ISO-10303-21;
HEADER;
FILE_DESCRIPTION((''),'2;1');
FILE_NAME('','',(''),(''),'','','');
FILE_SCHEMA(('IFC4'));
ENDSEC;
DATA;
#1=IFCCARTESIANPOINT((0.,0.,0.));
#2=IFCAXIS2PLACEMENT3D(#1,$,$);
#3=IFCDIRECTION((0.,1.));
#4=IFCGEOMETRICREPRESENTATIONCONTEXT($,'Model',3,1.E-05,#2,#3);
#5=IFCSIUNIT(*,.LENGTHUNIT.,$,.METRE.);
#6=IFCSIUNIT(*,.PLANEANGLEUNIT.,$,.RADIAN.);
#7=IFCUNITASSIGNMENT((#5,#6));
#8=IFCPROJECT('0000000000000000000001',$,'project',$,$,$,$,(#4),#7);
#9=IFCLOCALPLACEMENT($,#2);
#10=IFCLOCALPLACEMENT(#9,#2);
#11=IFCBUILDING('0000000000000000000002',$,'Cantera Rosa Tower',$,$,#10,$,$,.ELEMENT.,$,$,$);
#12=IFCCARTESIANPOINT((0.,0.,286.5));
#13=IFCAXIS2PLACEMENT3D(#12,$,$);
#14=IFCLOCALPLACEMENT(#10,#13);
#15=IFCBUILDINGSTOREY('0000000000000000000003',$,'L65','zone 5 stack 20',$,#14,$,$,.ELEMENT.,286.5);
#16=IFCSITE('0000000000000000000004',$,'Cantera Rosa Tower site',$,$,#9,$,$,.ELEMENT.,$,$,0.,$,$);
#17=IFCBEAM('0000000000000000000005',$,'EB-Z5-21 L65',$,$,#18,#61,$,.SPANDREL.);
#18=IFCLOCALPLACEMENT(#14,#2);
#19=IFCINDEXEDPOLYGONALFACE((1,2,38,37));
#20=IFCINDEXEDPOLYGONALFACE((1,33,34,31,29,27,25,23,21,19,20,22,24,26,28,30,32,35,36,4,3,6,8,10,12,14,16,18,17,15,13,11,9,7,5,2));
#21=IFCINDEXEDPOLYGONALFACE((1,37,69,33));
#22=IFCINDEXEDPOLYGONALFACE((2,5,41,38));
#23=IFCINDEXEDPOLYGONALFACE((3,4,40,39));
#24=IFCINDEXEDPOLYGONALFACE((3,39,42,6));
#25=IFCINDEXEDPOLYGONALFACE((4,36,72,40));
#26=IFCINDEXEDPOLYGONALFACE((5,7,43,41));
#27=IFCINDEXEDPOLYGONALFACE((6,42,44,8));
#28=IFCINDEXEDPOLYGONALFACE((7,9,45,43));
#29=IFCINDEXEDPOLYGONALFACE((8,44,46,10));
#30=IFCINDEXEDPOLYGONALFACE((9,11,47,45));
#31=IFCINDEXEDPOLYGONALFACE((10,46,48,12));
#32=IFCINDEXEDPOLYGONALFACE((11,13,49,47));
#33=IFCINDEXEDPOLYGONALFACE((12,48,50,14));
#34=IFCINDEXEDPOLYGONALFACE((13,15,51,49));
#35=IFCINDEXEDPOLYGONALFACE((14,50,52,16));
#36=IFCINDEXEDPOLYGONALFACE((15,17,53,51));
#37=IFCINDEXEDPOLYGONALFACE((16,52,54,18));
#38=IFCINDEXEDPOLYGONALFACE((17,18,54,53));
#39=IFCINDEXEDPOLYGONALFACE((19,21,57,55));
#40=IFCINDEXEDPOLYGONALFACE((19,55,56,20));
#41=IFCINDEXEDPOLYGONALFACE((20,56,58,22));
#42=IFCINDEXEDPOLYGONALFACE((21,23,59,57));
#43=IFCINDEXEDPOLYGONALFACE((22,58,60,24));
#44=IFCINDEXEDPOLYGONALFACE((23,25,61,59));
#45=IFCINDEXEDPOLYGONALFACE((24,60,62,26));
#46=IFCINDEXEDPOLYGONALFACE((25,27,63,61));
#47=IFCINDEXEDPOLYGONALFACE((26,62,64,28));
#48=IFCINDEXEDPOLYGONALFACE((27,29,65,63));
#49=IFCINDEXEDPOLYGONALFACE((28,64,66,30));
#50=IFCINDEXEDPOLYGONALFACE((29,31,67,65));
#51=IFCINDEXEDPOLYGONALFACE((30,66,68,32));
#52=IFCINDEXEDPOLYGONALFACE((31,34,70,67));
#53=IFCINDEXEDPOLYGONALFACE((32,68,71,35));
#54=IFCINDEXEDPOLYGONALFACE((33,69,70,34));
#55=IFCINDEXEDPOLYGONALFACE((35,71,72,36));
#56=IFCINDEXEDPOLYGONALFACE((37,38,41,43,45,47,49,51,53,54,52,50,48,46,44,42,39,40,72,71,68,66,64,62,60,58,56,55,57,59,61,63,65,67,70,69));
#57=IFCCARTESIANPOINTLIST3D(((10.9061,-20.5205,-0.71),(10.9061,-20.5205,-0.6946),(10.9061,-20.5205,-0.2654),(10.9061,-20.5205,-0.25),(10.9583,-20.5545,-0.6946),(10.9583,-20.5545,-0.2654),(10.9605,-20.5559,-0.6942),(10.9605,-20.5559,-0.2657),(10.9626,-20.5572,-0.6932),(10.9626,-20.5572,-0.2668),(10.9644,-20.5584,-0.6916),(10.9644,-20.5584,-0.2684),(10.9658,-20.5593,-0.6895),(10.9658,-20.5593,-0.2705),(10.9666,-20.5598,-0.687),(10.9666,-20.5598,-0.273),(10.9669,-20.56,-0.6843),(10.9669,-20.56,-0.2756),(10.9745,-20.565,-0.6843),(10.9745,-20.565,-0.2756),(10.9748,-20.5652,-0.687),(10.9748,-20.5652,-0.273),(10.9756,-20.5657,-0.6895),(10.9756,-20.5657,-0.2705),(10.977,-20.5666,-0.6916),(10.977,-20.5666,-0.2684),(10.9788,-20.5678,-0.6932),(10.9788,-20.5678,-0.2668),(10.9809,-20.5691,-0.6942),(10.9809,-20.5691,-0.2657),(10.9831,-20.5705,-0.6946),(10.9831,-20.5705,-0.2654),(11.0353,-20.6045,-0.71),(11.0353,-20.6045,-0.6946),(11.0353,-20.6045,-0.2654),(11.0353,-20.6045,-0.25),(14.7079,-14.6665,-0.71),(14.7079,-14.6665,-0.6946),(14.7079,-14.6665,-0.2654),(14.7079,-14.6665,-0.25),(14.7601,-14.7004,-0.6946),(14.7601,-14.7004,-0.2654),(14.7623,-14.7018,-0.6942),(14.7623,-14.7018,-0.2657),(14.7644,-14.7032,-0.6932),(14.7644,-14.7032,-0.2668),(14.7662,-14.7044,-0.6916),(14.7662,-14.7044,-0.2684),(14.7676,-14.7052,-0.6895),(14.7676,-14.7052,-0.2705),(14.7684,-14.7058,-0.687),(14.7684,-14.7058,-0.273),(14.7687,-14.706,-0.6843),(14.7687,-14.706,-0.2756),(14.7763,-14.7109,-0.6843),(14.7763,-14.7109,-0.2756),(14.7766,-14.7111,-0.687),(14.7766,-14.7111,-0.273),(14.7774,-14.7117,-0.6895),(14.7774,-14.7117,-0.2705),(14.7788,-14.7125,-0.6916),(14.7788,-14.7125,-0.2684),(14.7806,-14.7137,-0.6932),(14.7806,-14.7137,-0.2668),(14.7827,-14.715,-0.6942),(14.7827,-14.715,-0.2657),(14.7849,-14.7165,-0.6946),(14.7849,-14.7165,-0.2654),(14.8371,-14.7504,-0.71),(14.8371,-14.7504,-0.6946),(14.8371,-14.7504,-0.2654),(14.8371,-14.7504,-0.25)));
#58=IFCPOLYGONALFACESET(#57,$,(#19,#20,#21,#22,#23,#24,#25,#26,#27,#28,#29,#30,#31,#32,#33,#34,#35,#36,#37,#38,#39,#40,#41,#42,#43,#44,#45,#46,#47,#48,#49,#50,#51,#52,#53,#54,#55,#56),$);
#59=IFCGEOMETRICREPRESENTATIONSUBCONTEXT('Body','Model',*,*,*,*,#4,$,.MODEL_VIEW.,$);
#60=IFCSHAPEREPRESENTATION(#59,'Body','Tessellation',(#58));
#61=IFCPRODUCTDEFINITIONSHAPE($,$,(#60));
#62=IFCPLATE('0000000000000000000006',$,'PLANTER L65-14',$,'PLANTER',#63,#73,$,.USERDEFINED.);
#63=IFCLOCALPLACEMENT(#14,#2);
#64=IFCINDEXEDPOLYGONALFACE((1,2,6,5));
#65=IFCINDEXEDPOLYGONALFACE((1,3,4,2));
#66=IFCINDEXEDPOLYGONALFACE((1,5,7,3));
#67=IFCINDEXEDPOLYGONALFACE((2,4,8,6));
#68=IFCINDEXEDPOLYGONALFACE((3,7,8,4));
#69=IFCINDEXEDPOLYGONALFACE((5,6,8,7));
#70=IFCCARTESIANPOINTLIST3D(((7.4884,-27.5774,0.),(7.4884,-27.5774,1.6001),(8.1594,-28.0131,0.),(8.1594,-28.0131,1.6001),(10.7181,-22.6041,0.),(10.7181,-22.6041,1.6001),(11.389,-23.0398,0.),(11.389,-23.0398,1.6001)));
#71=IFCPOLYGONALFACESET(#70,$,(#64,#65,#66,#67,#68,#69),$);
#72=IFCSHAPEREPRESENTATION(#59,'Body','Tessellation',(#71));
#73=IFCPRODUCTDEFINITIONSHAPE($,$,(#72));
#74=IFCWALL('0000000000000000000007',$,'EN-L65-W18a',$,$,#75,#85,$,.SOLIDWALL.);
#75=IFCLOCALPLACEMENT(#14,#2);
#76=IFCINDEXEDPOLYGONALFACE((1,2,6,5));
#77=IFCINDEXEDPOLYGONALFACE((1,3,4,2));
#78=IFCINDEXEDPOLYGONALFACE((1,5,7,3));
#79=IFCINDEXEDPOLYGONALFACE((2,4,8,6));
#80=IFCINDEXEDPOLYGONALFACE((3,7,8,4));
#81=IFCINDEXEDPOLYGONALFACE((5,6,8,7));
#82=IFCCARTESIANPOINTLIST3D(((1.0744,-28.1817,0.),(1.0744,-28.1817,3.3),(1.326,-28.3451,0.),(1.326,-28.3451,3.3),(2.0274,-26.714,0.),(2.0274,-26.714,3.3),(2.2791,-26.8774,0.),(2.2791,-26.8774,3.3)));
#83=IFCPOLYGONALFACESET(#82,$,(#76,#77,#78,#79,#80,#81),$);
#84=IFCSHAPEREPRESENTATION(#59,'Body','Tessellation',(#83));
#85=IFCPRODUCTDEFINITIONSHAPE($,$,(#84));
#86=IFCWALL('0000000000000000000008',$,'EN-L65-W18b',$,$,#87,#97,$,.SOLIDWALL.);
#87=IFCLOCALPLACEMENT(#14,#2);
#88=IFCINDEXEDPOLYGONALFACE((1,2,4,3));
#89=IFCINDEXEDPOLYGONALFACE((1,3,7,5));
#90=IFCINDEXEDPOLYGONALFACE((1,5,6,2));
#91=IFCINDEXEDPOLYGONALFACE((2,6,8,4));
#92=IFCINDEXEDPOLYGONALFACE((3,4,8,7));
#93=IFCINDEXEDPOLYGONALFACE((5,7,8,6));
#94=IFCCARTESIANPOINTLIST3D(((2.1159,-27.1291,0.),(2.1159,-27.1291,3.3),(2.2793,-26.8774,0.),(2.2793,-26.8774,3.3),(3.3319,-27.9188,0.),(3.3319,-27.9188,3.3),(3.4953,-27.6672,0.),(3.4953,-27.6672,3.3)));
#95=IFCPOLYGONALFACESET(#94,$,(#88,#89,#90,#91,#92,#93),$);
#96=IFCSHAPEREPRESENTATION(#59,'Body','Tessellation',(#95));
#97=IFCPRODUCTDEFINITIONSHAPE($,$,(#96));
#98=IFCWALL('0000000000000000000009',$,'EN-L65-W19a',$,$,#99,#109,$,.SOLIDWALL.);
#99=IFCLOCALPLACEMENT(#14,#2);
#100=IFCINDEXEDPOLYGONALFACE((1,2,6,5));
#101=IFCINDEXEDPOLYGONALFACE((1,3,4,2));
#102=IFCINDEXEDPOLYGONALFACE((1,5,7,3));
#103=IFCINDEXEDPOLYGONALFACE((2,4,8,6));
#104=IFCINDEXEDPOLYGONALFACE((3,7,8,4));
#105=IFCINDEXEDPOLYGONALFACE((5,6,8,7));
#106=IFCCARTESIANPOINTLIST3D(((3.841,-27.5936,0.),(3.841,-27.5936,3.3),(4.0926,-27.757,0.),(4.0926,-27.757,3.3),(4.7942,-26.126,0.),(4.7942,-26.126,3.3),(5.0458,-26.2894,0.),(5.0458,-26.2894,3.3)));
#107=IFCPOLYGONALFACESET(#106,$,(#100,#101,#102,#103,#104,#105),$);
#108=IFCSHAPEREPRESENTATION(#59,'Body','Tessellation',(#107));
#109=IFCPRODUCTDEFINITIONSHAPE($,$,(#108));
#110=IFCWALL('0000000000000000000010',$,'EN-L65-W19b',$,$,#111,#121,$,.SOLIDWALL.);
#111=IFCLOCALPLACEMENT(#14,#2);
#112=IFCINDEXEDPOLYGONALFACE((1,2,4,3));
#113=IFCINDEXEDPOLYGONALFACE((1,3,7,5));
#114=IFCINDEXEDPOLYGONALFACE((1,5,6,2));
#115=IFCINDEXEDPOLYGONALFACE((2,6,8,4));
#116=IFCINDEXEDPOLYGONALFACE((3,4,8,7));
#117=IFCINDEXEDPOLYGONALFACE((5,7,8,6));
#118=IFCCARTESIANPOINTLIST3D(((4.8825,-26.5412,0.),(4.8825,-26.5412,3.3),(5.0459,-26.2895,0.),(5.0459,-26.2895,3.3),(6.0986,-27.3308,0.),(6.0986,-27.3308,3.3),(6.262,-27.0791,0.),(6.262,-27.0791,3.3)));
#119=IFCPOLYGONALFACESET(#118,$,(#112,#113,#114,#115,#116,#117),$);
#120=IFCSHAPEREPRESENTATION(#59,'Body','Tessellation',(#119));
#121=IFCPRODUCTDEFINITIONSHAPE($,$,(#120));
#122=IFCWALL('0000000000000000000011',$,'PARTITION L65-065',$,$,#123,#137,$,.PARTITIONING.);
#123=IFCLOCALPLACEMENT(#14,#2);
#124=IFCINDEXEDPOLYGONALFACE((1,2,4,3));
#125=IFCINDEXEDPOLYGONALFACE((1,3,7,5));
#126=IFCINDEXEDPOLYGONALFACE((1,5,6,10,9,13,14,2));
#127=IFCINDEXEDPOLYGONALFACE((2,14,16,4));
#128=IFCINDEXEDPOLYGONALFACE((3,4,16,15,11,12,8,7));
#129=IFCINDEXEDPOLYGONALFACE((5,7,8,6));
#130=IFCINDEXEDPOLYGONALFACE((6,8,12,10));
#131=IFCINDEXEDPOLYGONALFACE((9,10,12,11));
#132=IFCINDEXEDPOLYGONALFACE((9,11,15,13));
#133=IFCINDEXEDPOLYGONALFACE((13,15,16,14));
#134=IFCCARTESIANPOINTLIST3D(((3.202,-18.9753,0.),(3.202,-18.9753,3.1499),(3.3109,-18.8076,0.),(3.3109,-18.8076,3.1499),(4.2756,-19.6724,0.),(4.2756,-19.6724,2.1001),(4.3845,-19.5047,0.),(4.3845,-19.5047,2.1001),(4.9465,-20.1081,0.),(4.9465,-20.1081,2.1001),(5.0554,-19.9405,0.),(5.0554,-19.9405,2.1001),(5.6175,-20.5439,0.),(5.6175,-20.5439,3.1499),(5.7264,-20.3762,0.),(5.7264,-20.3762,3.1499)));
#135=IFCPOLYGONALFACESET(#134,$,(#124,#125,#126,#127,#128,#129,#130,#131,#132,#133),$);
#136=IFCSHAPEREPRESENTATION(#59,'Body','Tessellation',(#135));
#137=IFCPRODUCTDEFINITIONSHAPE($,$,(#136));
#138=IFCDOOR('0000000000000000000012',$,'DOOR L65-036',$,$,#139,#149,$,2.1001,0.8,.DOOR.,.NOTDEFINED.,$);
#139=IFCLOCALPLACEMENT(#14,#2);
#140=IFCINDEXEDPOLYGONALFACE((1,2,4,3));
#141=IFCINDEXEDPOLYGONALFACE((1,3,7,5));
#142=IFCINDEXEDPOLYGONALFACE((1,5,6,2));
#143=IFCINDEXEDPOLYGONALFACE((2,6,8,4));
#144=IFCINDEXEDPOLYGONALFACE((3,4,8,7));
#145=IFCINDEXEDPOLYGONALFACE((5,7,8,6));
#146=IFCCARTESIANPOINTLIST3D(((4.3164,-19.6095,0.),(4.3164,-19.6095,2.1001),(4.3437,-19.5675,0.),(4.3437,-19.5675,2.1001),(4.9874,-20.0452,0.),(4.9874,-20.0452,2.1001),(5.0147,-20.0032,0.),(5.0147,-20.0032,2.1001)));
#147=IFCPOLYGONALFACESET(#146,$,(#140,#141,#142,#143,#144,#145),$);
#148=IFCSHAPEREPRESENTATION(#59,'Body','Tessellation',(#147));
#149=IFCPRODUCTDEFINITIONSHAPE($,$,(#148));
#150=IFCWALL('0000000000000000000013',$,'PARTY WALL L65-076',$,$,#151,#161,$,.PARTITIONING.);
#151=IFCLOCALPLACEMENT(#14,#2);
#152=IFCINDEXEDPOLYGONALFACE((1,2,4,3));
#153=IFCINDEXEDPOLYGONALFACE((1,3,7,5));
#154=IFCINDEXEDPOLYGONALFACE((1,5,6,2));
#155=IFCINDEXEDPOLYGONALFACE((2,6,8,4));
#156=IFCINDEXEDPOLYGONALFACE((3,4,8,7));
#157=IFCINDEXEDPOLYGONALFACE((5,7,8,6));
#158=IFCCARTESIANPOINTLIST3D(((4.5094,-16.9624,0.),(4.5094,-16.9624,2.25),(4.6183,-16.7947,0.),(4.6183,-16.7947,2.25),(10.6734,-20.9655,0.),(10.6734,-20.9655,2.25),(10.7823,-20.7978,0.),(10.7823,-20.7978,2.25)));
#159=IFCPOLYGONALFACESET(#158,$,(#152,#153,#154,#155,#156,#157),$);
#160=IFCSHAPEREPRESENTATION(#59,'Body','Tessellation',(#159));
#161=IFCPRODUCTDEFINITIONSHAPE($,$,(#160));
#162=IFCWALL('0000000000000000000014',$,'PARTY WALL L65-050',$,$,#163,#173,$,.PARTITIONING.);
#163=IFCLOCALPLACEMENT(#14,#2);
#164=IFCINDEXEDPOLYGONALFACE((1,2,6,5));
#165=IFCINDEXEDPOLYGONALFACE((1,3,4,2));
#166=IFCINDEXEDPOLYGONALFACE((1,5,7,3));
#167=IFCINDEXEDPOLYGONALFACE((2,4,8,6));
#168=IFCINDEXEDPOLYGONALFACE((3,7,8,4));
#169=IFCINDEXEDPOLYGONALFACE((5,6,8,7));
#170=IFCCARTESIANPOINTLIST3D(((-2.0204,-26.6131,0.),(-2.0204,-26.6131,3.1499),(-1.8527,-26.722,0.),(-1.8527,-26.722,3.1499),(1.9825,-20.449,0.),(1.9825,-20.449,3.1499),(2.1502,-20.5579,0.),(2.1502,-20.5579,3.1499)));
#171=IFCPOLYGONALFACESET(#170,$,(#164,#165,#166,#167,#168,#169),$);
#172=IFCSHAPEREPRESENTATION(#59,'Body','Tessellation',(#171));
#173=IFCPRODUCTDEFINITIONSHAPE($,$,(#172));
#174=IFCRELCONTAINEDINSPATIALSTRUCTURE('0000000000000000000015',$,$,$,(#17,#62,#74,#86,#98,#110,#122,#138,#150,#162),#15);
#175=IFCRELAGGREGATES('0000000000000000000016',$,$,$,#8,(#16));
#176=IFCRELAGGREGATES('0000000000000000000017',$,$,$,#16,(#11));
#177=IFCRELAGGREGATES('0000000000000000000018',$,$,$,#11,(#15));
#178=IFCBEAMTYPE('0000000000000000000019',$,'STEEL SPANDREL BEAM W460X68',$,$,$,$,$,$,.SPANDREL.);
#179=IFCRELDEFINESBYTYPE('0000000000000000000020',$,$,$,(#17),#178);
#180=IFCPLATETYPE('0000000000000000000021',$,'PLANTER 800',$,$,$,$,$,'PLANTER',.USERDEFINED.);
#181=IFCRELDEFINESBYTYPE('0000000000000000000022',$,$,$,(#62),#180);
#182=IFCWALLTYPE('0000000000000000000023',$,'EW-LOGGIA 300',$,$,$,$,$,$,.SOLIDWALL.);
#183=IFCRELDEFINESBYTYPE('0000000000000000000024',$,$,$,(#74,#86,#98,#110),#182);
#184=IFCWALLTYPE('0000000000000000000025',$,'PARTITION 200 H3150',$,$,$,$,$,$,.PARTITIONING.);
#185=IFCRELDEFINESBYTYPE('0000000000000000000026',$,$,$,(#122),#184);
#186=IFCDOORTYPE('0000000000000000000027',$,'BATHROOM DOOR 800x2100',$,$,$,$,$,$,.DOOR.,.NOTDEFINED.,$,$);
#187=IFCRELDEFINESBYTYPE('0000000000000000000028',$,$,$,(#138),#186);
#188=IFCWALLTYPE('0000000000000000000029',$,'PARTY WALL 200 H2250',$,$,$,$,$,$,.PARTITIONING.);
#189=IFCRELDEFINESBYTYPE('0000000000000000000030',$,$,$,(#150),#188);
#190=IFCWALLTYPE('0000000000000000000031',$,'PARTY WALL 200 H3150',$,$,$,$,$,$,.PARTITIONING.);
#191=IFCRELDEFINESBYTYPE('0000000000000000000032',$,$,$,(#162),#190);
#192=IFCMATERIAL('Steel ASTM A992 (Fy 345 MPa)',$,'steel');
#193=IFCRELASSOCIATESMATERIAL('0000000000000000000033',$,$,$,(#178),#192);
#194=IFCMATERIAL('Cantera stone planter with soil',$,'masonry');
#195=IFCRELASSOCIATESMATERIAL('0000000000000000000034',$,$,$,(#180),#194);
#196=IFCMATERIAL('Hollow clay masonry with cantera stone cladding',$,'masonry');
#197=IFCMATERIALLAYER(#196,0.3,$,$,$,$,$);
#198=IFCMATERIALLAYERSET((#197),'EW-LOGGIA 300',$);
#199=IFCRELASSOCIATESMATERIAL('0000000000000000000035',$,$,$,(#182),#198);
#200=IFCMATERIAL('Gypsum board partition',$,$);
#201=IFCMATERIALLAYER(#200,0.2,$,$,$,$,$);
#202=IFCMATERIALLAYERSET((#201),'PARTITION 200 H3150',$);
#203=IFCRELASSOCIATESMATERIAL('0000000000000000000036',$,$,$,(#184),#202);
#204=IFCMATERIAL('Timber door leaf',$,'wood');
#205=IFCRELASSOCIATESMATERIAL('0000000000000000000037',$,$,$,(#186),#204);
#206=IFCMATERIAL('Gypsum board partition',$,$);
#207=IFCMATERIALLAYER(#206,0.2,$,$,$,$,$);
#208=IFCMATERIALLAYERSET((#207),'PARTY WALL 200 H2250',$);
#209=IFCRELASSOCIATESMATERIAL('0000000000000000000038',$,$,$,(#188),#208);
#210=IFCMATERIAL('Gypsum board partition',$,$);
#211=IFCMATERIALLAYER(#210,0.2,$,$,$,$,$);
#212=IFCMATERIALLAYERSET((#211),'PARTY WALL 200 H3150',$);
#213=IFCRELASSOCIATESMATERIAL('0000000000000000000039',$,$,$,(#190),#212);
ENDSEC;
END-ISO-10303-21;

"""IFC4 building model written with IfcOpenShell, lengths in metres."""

from ifc_helpers import new_model, si_unit, direction, frame, frame_2d, origin, origin_2d, place, context, subcontext, project, spatial, rectangle, i_section, extrude, material, layer, layer_set, material_profile, profile_set, type_object, element, fill, save


model = new_model("IFC4")

# Units and contexts
model_context = context("Model", 3, precision=1e-05, world=origin(), true_north=direction((0.0, 1.0)))
body_context = subcontext(model_context, "Body", "Model", "MODEL_VIEW")
ifc_project = project(units=[si_unit("LENGTHUNIT", "METRE"), si_unit("PLANEANGLEUNIT", "RADIAN")], contexts=[model_context])

# Site, building, storey
site_placement = place(None, origin())
site = spatial("IfcSite", under=ifc_project, at=site_placement, Name="Cantera Rosa Tower site", CompositionType="ELEMENT", RefElevation=0.0)
building_placement = place(site_placement, origin())
building = spatial("IfcBuilding", under=site, at=building_placement, Name="Cantera Rosa Tower", CompositionType="ELEMENT")
storey_placement = place(building_placement, frame((0.0, 0.0, 286.5)))
storey = spatial("IfcBuildingStorey", under=building, at=storey_placement, Name="L65", Description="zone 5 stack 20", CompositionType="ELEMENT", Elevation=286.5)

# Beam
ifc_material_1 = material(Name="Steel ASTM A992 (Fy 345 MPa)", Category="steel")
ifc_material_profile_1 = material_profile(ifc_material_1, i_section(OverallWidth=0.1541, OverallDepth=0.46, WebThickness=0.009, FlangeThickness=0.0154, FilletRadius=0.0103, at=origin_2d()), Name="W460X68")
ifc_profile_set_1 = profile_set([ifc_material_profile_1], Name="Steel ASTM A992 (Fy 345 MPa)")
beam_type_1 = type_object("IfcBeamType", Name="STEEL SPANDREL BEAM W460X68", PredefinedType="SPANDREL", material=ifc_profile_set_1)
for number, where, z_axis, x_axis, name in (
    (1, (10.9707, -20.5625, -0.48), (0.544651, 0.838663, 0.0), (-0.838663, 0.544651, 0.0), "EB-Z5-21 L65"),
):
    element("IfcBeam", number, at=place(storey_placement, frame(where, z_axis=z_axis, x_axis=x_axis)), inside=storey, type_object=beam_type_1, Name=name, PredefinedType="SPANDREL", context=body_context, shape_type="SweptSolid", body=[
        extrude(i_section(OverallWidth=0.1541, OverallDepth=0.46, WebThickness=0.009, FlangeThickness=0.0154, FilletRadius=0.0103, at=origin_2d()), origin(), (0.0, 0.0, 1.0), 6.9802),
    ])

# Plate
ifc_material_2 = material(Name="Cantera stone planter with soil", Category="masonry")
plate_type = type_object("IfcPlateType", Name="PLANTER 800", ElementType="PLANTER", PredefinedType="USERDEFINED", material=ifc_material_2)
plate_placement = place(storey_placement, frame((9.4387, -25.3086, 0.0), z_axis=(0.0, 0.0, 1.0), x_axis=(0.544639, 0.838671, 0.0)))
element("IfcPlate", 2, at=plate_placement, inside=storey, type_object=plate_type, Name="PLANTER L65-14", ObjectType="PLANTER", PredefinedType="USERDEFINED", context=body_context, shape_type="SweptSolid", body=[
    extrude(rectangle(XDim=5.9299, YDim=0.8, at=origin_2d()), origin(), (0.0, 0.0, 1.0), 1.6001),
])

# Walls
ifc_material_3 = material(Name="Hollow clay masonry with cantera stone cladding", Category="masonry")
ifc_layer_1 = layer(ifc_material_3, 0.3)
ifc_layer_set_1 = layer_set([ifc_layer_1], Name="EW-LOGGIA 300")
wall_type_1 = type_object("IfcWallType", Name="EW-LOGGIA 300", PredefinedType="SOLIDWALL", material=ifc_layer_set_1)
wall_1_placement = place(storey_placement, frame((1.2002, -28.2634, 0.0), z_axis=(0.0, 0.0, 1.0), x_axis=(0.544616, 0.838686, 0.0)))
element("IfcWall", 3, at=wall_1_placement, inside=storey, type_object=wall_type_1, Name="EN-L65-W18a", PredefinedType="SOLIDWALL", context=body_context, shape_type="SweptSolid", body=[
    extrude(rectangle(XDim=1.75, YDim=0.3, at=frame_2d((0.875, 0.0))), origin(), (0.0, 0.0, 1.0), 3.3),
])
wall_2_placement = place(storey_placement, frame((2.1975, -27.0032, 0.0), z_axis=(0.0, 0.0, 1.0), x_axis=(0.838647, -0.544675, 0.0)))
element("IfcWall", 4, at=wall_2_placement, inside=storey, type_object=wall_type_1, Name="EN-L65-W18b", PredefinedType="SOLIDWALL", context=body_context, shape_type="SweptSolid", body=[
    extrude(rectangle(XDim=1.45, YDim=0.3, at=frame_2d((0.7251, 0.0))), origin(), (0.0, 0.0, 1.0), 3.3),
])
wall_3_placement = place(storey_placement, frame((3.9668, -27.6753, 0.0), z_axis=(0.0, 0.0, 1.0), x_axis=(0.544679, 0.838644, 0.0)))
element("IfcWall", 5, at=wall_3_placement, inside=storey, type_object=wall_type_1, Name="EN-L65-W19a", PredefinedType="SOLIDWALL", context=body_context, shape_type="SweptSolid", body=[
    extrude(rectangle(XDim=1.75, YDim=0.3, at=frame_2d((0.875, 0.0))), origin(), (0.0, 0.0, 1.0), 3.3),
])
wall_4_placement = place(storey_placement, frame((4.9641, -26.4153, 0.0), z_axis=(0.0, 0.0, 1.0), x_axis=(0.838724, -0.544556, 0.0)))
element("IfcWall", 6, at=wall_4_placement, inside=storey, type_object=wall_type_1, Name="EN-L65-W19b", PredefinedType="SOLIDWALL", context=body_context, shape_type="SweptSolid", body=[
    extrude(rectangle(XDim=1.45, YDim=0.3, at=frame_2d((0.7251, 0.0))), origin(), (0.0, 0.0, 1.0), 3.3),
])

# Wall, opening, door
ifc_material_4 = material(Name="Gypsum board partition")
ifc_layer_2 = layer(ifc_material_4, 0.2)
ifc_layer_set_2 = layer_set([ifc_layer_2], Name="PARTITION 200 H3150")
wall_type_2 = type_object("IfcWallType", Name="PARTITION 200 H3150", PredefinedType="PARTITIONING", material=ifc_layer_set_2)
wall_5_placement = place(storey_placement, frame((5.6719, -20.46, 0.0), z_axis=(0.0, 0.0, 1.0), x_axis=(-0.83868, 0.544625, 0.0)))
wall_5 = element("IfcWall", 7, at=wall_5_placement, inside=storey, type_object=wall_type_2, Name="PARTITION L65-065", PredefinedType="PARTITIONING", context=body_context, shape_type="SweptSolid", body=[
    extrude(rectangle(XDim=2.8801, YDim=0.2, at=frame_2d((1.4399, 0.0))), origin(), (0.0, 0.0, 1.0), 3.1499),
])
opening_1_placement = place(wall_5_placement, frame((0.8, 0.0, 0.0)))
opening_1 = element("IfcOpeningElement", 8, at=opening_1_placement, cuts=wall_5, PredefinedType="OPENING", context=body_context, shape_type="SweptSolid", body=[
    extrude(rectangle(XDim=0.8, YDim=2.1001, at=frame_2d((0.3999, 1.05))), frame((0.0, 0.1099, 0.0), z_axis=(0.0, -1.0, 0.0), x_axis=(1.0, 0.0, 0.0)), (0.0, 0.0, 1.0), 0.22),
])
ifc_material_5 = material(Name="Timber door leaf", Category="wood")
door_type_1 = type_object("IfcDoorType", Name="BATHROOM DOOR 800x2100", OperationType="NOTDEFINED", PredefinedType="DOOR", material=ifc_material_5)
door_1_placement = place(opening_1_placement, origin())
door_1 = element("IfcDoor", 9, at=door_1_placement, inside=storey, type_object=door_type_1, Name="DOOR L65-036", OperationType="NOTDEFINED", OverallHeight=2.1001, OverallWidth=0.8, PredefinedType="DOOR", context=body_context, shape_type="SweptSolid", body=[
    extrude(rectangle(XDim=0.8, YDim=2.1001, at=frame_2d((0.3999, 1.05))), frame((0.0, 0.0249, 0.0), z_axis=(0.0, -1.0, 0.0), x_axis=(1.0, 0.0, 0.0)), (0.0, 0.0, 1.0), 0.05),
])
fill(opening_1, door_1)

# Walls
ifc_material_6 = material(Name="Gypsum board partition")
ifc_layer_3 = layer(ifc_material_6, 0.2)
ifc_layer_set_3 = layer_set([ifc_layer_3], Name="PARTY WALL 200 H2250")
wall_type_3 = type_object("IfcWallType", Name="PARTY WALL 200 H2250", PredefinedType="PARTITIONING", material=ifc_layer_set_3)
wall_6_placement = place(storey_placement, frame((10.7278, -20.8816, 0.0), z_axis=(0.0, 0.0, 1.0), x_axis=(-0.838659, 0.544657, 0.0)))
element("IfcWall", 10, at=wall_6_placement, inside=storey, type_object=wall_type_3, Name="PARTY WALL L65-076", PredefinedType="PARTITIONING", context=body_context, shape_type="SweptSolid", body=[
    extrude(rectangle(XDim=7.3499, YDim=0.2, at=frame_2d((3.6748, 0.0))), origin(), (0.0, 0.0, 1.0), 2.25),
])
ifc_material_7 = material(Name="Gypsum board partition")
ifc_layer_4 = layer(ifc_material_7, 0.2)
ifc_layer_set_4 = layer_set([ifc_layer_4], Name="PARTY WALL 200 H3150")
wall_type_4 = type_object("IfcWallType", Name="PARTY WALL 200 H3150", PredefinedType="PARTITIONING", material=ifc_layer_set_4)
wall_7_placement = place(storey_placement, frame((-1.9365, -26.6675, 0.0), z_axis=(0.0, 0.0, 1.0), x_axis=(0.544633, 0.838674, 0.0)))
element("IfcWall", 11, at=wall_7_placement, inside=storey, type_object=wall_type_4, Name="PARTY WALL L65-050", PredefinedType="PARTITIONING", context=body_context, shape_type="SweptSolid", body=[
    extrude(rectangle(XDim=7.3499, YDim=0.2, at=frame_2d((3.6748, 0.0))), origin(), (0.0, 0.0, 1.0), 3.1499),
])

save(model, "model.ifc")
